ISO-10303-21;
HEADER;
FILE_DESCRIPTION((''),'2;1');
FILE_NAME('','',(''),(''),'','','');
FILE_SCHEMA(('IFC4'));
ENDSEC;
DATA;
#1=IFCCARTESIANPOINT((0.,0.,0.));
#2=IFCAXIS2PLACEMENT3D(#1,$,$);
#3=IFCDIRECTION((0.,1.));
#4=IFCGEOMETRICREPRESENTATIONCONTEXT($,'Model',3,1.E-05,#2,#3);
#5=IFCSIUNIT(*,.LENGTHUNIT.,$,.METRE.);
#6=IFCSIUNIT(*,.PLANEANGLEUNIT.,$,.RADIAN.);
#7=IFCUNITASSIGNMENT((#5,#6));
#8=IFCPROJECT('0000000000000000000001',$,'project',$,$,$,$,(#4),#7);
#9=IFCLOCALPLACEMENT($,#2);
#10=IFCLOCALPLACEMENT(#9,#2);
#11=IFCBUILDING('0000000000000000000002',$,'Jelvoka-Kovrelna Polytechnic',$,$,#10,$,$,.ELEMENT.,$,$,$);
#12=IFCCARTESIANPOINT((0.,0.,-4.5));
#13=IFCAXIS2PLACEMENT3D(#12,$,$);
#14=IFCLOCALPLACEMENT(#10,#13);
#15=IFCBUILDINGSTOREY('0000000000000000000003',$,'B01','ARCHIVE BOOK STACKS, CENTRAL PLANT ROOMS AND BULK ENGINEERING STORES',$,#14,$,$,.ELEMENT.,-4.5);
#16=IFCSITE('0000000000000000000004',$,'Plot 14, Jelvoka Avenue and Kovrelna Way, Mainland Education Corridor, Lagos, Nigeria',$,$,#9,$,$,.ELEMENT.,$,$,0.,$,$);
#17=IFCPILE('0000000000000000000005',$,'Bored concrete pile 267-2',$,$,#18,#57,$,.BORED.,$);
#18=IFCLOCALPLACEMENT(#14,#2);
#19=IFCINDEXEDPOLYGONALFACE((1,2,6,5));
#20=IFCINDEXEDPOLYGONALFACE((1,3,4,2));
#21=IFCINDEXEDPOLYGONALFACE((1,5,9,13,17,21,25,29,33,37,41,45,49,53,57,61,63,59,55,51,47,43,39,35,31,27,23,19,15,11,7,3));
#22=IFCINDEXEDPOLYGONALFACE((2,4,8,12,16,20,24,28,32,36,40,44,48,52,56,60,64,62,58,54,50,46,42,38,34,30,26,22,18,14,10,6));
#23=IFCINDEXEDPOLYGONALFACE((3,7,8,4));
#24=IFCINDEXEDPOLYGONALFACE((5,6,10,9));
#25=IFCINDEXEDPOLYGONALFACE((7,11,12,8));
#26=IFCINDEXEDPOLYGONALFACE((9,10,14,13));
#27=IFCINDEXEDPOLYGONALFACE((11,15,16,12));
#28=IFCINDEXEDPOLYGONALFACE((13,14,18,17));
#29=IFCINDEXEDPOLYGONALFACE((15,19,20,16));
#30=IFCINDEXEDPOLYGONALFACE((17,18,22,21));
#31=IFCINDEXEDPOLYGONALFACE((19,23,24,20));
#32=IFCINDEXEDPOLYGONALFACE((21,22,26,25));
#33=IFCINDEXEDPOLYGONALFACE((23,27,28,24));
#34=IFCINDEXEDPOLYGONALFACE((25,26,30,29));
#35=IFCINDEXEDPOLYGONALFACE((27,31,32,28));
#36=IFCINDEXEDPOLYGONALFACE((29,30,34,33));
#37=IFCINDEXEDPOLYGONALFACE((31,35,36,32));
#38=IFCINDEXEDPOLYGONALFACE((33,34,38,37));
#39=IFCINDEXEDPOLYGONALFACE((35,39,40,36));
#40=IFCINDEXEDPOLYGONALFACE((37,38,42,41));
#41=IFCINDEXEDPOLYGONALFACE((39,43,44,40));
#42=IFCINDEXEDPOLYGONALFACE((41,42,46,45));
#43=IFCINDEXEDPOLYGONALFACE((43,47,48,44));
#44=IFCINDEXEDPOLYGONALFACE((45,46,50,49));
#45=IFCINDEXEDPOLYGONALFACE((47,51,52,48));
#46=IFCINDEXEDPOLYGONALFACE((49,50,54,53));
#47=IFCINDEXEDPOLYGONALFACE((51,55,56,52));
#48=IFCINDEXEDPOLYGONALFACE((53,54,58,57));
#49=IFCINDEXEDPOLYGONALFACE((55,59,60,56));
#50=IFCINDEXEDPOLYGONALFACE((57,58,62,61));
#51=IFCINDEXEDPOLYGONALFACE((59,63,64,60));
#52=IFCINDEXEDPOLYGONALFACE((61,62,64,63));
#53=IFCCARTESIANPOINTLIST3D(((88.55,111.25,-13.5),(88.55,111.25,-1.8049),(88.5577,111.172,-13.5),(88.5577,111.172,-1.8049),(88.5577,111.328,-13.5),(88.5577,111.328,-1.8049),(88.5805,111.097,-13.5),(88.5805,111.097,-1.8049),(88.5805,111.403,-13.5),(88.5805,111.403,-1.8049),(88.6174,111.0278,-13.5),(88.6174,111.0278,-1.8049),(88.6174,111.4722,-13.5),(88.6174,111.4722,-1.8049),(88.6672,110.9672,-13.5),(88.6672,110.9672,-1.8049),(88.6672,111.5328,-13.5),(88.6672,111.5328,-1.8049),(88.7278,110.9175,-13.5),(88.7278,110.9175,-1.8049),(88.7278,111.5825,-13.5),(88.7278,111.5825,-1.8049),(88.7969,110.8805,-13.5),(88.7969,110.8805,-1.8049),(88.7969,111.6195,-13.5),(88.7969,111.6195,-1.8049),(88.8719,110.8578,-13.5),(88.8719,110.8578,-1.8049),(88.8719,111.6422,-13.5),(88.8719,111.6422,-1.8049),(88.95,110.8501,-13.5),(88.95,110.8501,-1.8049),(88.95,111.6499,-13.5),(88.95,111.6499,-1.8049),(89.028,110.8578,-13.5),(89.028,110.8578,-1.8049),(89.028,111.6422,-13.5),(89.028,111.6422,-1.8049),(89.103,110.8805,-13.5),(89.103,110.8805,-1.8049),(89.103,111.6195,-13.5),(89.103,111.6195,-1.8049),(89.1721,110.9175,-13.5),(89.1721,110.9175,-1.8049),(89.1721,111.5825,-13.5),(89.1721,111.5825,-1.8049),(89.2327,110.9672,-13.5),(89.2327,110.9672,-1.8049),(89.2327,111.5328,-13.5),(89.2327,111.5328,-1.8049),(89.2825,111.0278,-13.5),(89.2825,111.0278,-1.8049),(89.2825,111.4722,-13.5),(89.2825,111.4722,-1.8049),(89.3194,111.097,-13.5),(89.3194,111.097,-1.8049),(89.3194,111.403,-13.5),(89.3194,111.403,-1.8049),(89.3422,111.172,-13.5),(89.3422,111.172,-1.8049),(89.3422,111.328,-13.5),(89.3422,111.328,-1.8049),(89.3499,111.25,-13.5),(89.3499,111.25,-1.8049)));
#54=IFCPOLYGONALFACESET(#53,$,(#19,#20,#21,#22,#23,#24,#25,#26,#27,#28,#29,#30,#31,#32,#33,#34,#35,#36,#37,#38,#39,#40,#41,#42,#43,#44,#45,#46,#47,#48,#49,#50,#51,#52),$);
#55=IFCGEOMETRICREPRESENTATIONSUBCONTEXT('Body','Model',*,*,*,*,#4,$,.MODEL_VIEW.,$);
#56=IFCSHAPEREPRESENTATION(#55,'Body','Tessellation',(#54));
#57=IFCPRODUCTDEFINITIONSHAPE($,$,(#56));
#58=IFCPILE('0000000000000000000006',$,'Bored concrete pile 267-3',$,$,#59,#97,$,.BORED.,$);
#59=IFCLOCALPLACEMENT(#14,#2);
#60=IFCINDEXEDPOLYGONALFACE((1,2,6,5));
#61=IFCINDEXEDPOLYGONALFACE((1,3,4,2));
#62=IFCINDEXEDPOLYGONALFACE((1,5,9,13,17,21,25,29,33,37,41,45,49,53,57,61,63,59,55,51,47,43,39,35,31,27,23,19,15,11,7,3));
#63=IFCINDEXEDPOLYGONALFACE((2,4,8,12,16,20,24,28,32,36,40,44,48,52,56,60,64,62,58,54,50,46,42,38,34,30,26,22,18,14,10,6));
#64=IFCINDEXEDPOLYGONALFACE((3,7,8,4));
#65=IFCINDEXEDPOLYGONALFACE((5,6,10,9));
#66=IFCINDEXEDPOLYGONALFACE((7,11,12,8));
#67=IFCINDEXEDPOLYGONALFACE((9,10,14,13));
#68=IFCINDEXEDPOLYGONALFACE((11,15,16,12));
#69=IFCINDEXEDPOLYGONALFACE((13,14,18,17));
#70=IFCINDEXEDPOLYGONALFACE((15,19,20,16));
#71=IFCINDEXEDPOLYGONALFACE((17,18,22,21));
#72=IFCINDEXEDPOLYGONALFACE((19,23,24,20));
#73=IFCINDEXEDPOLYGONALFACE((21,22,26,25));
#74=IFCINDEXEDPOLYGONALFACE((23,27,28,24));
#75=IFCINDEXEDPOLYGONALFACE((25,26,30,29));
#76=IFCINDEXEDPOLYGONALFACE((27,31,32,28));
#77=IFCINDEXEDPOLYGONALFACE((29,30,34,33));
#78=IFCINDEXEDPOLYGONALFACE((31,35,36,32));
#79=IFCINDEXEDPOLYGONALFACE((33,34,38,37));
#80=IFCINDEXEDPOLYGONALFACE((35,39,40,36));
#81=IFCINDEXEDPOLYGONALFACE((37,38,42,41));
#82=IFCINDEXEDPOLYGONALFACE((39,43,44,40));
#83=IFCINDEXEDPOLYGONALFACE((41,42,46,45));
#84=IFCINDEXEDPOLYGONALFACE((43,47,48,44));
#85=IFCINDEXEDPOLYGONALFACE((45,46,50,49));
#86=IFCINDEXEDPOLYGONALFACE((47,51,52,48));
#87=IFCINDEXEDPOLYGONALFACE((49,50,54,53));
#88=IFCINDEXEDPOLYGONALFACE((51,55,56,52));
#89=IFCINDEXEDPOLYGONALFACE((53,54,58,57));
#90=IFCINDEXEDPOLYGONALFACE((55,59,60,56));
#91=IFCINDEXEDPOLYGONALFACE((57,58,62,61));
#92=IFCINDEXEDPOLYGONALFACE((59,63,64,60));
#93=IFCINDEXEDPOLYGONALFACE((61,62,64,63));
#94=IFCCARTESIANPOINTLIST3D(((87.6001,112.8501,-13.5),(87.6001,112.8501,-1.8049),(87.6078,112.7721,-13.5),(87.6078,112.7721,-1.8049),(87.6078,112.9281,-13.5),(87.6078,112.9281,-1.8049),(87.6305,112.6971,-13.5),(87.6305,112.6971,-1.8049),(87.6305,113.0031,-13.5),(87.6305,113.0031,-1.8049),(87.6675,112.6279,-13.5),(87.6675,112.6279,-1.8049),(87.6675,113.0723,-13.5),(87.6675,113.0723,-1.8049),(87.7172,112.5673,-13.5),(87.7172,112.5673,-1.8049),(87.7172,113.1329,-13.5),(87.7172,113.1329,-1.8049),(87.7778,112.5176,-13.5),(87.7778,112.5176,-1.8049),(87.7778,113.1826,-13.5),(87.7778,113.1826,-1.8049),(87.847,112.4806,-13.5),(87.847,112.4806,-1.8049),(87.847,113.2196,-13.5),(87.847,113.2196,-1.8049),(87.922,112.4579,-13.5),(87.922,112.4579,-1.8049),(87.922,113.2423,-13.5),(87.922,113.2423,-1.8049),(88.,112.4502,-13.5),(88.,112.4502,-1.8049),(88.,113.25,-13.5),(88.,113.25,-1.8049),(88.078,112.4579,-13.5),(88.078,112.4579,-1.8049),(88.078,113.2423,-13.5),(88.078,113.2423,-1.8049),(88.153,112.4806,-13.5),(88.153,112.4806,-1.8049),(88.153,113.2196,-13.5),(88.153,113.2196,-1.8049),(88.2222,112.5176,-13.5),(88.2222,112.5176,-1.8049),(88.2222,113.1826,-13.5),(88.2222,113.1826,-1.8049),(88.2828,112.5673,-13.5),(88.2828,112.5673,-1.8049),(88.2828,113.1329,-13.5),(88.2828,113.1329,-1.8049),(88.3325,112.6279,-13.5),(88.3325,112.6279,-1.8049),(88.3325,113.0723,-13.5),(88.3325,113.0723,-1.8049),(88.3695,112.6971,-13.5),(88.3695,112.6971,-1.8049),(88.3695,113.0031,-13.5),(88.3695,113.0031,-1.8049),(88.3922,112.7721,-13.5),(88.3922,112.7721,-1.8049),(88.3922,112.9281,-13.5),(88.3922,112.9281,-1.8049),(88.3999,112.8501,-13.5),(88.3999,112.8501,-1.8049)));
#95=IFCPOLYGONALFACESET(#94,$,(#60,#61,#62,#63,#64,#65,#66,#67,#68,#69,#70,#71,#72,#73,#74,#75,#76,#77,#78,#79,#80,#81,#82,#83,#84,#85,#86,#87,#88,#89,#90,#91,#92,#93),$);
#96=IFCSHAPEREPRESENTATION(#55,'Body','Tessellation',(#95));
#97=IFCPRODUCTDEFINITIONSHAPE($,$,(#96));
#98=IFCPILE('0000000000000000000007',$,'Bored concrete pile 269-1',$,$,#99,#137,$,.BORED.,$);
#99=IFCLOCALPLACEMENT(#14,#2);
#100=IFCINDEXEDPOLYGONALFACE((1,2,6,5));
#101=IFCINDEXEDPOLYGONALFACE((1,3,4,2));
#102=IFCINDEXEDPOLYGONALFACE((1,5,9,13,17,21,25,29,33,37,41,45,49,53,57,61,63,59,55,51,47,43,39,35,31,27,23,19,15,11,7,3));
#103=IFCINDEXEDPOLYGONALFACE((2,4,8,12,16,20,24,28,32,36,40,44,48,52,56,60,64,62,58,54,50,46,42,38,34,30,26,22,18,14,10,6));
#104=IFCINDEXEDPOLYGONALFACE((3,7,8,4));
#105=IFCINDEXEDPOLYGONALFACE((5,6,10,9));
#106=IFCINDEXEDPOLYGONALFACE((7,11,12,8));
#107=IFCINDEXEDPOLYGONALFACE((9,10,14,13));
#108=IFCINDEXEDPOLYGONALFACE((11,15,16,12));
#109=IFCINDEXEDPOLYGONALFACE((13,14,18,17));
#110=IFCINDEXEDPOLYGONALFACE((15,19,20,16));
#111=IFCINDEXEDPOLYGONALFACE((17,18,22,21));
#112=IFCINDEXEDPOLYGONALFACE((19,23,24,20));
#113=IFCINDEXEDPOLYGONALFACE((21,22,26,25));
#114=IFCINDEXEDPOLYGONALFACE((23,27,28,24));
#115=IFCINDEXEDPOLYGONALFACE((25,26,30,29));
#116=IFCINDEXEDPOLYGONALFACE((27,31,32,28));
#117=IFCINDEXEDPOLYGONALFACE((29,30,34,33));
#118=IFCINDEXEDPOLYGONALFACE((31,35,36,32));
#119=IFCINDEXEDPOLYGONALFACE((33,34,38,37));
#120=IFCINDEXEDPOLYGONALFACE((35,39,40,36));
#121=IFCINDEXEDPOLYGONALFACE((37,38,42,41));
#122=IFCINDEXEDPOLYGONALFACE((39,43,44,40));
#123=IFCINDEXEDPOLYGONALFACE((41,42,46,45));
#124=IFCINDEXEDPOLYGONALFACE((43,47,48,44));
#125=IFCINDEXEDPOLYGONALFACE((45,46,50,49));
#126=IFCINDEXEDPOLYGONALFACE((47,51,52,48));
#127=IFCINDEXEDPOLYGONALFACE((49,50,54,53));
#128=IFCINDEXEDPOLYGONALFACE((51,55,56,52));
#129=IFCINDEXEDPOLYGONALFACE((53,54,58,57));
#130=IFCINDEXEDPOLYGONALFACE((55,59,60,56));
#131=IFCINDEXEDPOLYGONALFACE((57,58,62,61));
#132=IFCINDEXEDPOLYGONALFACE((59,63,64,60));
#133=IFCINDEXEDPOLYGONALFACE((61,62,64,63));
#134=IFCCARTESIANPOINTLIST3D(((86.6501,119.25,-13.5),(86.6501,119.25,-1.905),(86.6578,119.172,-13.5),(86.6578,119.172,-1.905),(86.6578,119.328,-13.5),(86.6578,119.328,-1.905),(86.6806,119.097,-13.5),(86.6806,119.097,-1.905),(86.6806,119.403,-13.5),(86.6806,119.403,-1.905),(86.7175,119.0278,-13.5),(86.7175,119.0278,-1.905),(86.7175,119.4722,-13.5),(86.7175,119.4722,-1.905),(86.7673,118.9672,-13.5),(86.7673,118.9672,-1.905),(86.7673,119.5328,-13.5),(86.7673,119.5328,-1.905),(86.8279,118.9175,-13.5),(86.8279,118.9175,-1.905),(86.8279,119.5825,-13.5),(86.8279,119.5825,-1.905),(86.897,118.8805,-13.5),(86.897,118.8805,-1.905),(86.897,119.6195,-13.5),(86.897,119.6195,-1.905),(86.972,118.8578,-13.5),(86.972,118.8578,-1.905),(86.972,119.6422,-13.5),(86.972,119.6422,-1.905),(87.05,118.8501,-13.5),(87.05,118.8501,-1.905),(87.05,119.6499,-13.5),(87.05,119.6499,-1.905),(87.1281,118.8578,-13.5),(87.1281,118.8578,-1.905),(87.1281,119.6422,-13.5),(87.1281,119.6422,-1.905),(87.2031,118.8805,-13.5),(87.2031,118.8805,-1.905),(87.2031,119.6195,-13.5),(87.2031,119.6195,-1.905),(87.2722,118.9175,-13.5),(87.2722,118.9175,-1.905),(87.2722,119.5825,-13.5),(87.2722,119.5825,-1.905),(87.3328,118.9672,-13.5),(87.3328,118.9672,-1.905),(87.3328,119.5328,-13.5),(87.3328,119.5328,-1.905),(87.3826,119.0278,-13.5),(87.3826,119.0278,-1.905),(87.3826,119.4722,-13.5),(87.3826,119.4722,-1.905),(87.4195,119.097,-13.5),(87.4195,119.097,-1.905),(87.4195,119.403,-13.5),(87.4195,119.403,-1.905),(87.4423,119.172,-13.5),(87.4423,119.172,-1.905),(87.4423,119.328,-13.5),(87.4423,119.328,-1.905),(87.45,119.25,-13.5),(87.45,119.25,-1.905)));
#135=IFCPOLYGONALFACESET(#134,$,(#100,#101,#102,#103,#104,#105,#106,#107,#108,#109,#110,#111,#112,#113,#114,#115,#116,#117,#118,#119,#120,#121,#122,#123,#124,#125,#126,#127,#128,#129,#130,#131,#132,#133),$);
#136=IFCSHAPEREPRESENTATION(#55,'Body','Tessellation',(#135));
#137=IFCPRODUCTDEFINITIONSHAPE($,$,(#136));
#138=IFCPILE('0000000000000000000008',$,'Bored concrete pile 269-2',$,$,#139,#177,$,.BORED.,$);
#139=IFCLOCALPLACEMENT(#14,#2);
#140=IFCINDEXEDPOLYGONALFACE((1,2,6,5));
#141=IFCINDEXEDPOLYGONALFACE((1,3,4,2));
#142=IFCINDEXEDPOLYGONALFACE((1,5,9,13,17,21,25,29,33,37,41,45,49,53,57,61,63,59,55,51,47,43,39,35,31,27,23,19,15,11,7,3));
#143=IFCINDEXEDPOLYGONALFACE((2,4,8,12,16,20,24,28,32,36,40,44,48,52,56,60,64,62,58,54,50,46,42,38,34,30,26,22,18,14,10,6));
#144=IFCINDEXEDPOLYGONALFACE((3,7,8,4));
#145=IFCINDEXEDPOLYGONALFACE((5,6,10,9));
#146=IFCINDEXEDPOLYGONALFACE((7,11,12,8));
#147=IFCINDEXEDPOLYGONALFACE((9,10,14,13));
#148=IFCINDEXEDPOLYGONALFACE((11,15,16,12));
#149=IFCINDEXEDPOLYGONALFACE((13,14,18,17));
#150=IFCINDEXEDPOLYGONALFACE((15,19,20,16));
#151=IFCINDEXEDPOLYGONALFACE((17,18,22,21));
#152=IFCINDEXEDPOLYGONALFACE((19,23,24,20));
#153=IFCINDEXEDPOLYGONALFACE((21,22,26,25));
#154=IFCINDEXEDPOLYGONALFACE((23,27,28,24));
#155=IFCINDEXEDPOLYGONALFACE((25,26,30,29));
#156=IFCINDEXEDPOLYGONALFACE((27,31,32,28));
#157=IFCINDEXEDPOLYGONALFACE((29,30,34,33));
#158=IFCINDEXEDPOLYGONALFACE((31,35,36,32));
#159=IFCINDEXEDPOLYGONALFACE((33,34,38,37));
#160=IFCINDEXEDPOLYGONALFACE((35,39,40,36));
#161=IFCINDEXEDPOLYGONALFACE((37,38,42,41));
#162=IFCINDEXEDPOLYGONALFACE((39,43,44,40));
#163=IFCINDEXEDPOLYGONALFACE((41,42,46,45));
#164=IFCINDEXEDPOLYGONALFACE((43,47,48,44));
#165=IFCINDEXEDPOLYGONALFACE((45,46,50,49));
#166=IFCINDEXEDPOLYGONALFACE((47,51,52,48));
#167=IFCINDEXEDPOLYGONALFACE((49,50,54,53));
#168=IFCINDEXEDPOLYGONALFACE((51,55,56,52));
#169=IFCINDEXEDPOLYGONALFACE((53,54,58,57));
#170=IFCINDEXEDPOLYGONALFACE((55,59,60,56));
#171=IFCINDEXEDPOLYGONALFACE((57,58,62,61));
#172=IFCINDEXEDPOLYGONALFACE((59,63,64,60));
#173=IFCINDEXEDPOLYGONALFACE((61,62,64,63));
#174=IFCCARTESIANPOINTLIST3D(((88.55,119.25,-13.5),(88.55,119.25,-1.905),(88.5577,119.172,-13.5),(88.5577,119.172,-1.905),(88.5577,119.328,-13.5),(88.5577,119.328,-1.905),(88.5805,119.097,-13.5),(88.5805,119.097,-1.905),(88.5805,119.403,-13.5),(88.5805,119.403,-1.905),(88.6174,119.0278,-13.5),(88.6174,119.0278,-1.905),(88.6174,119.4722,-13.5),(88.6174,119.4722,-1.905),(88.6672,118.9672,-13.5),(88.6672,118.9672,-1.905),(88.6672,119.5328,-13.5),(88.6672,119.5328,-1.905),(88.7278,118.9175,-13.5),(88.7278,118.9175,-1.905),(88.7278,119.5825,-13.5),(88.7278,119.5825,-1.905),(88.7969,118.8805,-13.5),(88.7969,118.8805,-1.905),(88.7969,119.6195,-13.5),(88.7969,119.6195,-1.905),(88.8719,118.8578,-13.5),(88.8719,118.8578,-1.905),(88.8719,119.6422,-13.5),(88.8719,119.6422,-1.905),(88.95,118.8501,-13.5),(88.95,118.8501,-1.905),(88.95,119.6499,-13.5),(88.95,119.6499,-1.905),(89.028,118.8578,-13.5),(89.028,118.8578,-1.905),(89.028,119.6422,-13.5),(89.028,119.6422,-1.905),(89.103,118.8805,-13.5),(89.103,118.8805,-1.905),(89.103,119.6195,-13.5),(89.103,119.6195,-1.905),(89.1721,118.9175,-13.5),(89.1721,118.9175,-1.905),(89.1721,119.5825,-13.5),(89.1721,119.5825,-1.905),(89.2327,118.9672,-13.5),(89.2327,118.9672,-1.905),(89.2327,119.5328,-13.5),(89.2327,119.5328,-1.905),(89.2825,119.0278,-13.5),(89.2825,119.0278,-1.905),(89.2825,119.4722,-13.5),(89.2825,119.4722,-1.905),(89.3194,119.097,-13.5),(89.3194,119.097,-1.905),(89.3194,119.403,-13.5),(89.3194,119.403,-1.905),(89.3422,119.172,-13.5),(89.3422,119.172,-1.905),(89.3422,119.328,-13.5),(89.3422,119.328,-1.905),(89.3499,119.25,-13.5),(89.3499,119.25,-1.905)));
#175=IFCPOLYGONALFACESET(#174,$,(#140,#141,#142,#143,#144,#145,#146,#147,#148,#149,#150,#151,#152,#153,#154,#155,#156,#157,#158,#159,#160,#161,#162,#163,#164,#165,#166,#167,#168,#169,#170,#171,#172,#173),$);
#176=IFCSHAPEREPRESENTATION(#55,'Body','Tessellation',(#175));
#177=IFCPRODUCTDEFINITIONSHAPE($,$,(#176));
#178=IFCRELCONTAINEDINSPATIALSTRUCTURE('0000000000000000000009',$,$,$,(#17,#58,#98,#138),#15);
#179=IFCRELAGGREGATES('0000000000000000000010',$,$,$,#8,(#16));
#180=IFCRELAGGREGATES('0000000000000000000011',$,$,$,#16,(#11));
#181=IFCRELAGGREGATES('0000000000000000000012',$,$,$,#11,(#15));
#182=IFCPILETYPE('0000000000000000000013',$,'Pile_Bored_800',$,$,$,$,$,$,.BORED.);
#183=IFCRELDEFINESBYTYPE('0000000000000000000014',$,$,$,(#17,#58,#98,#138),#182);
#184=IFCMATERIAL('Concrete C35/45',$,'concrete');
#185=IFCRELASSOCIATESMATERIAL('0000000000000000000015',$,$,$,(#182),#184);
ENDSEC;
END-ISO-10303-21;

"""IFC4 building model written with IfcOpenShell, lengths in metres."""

from ifc_helpers import new_model, si_unit, direction, frame, origin, origin_2d, place, context, subcontext, project, spatial, circle, extrude, material, material_profile, profile_set, type_object, element, save


model = new_model("IFC4")

# Units and contexts
model_context = context("Model", 3, precision=1e-05, world=origin(), true_north=direction((0.0, 1.0)))
body_context = subcontext(model_context, "Body", "Model", "MODEL_VIEW")
ifc_project = project(units=[si_unit("LENGTHUNIT", "METRE"), si_unit("PLANEANGLEUNIT", "RADIAN")], contexts=[model_context])

# Site, building, storey
site_placement = place(None, origin())
site = spatial("IfcSite", under=ifc_project, at=site_placement, Name="Plot 14, Jelvoka Avenue and Kovrelna Way, Mainland Education Corridor, Lagos, Nigeria", CompositionType="ELEMENT", RefElevation=0.0)
building_placement = place(site_placement, origin())
building = spatial("IfcBuilding", under=site, at=building_placement, Name="Jelvoka-Kovrelna Polytechnic", CompositionType="ELEMENT")
storey_placement = place(building_placement, frame((0.0, 0.0, -4.5)))
storey = spatial("IfcBuildingStorey", under=building, at=storey_placement, Name="B01", Description="ARCHIVE BOOK STACKS, CENTRAL PLANT ROOMS AND BULK ENGINEERING STORES", CompositionType="ELEMENT", Elevation=-4.5)

# Piles
ifc_material_1 = material(Name="Concrete C35/45", Category="concrete")
ifc_material_profile_1 = material_profile(ifc_material_1, circle(Radius=0.3999, at=origin_2d()), Name="PILE D800")
ifc_profile_set_1 = profile_set([ifc_material_profile_1], Name="Concrete C35/45")
pile_type = type_object("IfcPileType", Name="Pile_Bored_800", PredefinedType="BORED", material=ifc_profile_set_1)
for number, where, z_axis, x_axis, name in (
    (1, (88.95, 111.25, -1.8049), (0.0, 0.0, -1.0), (1.0, 0.0, 0.0), "Bored concrete pile 267-2"),
    (2, (88.0, 112.8501, -1.8049), (0.0, 0.0, -1.0), (1.0, 0.0, 0.0), "Bored concrete pile 267-3"),
):
    element("IfcPile", number, at=place(storey_placement, frame(where, z_axis=z_axis, x_axis=x_axis)), inside=storey, type_object=pile_type, Name=name, PredefinedType="BORED", context=body_context, shape_type="SweptSolid", body=[
        extrude(circle(Radius=0.3999, at=origin_2d()), origin(), (0.0, 0.0, 1.0), 11.6951),
    ])
for number, where, z_axis, x_axis, name in (
    (3, (87.05, 119.25, -1.905), (0.0, 0.0, -1.0), (1.0, 0.0, 0.0), "Bored concrete pile 269-1"),
    (4, (88.95, 119.25, -1.905), (0.0, 0.0, -1.0), (1.0, 0.0, 0.0), "Bored concrete pile 269-2"),
):
    element("IfcPile", number, at=place(storey_placement, frame(where, z_axis=z_axis, x_axis=x_axis)), inside=storey, type_object=pile_type, Name=name, PredefinedType="BORED", context=body_context, shape_type="SweptSolid", body=[
        extrude(circle(Radius=0.3999, at=origin_2d()), origin(), (0.0, 0.0, 1.0), 11.595),
    ])

save(model, "model.ifc")
